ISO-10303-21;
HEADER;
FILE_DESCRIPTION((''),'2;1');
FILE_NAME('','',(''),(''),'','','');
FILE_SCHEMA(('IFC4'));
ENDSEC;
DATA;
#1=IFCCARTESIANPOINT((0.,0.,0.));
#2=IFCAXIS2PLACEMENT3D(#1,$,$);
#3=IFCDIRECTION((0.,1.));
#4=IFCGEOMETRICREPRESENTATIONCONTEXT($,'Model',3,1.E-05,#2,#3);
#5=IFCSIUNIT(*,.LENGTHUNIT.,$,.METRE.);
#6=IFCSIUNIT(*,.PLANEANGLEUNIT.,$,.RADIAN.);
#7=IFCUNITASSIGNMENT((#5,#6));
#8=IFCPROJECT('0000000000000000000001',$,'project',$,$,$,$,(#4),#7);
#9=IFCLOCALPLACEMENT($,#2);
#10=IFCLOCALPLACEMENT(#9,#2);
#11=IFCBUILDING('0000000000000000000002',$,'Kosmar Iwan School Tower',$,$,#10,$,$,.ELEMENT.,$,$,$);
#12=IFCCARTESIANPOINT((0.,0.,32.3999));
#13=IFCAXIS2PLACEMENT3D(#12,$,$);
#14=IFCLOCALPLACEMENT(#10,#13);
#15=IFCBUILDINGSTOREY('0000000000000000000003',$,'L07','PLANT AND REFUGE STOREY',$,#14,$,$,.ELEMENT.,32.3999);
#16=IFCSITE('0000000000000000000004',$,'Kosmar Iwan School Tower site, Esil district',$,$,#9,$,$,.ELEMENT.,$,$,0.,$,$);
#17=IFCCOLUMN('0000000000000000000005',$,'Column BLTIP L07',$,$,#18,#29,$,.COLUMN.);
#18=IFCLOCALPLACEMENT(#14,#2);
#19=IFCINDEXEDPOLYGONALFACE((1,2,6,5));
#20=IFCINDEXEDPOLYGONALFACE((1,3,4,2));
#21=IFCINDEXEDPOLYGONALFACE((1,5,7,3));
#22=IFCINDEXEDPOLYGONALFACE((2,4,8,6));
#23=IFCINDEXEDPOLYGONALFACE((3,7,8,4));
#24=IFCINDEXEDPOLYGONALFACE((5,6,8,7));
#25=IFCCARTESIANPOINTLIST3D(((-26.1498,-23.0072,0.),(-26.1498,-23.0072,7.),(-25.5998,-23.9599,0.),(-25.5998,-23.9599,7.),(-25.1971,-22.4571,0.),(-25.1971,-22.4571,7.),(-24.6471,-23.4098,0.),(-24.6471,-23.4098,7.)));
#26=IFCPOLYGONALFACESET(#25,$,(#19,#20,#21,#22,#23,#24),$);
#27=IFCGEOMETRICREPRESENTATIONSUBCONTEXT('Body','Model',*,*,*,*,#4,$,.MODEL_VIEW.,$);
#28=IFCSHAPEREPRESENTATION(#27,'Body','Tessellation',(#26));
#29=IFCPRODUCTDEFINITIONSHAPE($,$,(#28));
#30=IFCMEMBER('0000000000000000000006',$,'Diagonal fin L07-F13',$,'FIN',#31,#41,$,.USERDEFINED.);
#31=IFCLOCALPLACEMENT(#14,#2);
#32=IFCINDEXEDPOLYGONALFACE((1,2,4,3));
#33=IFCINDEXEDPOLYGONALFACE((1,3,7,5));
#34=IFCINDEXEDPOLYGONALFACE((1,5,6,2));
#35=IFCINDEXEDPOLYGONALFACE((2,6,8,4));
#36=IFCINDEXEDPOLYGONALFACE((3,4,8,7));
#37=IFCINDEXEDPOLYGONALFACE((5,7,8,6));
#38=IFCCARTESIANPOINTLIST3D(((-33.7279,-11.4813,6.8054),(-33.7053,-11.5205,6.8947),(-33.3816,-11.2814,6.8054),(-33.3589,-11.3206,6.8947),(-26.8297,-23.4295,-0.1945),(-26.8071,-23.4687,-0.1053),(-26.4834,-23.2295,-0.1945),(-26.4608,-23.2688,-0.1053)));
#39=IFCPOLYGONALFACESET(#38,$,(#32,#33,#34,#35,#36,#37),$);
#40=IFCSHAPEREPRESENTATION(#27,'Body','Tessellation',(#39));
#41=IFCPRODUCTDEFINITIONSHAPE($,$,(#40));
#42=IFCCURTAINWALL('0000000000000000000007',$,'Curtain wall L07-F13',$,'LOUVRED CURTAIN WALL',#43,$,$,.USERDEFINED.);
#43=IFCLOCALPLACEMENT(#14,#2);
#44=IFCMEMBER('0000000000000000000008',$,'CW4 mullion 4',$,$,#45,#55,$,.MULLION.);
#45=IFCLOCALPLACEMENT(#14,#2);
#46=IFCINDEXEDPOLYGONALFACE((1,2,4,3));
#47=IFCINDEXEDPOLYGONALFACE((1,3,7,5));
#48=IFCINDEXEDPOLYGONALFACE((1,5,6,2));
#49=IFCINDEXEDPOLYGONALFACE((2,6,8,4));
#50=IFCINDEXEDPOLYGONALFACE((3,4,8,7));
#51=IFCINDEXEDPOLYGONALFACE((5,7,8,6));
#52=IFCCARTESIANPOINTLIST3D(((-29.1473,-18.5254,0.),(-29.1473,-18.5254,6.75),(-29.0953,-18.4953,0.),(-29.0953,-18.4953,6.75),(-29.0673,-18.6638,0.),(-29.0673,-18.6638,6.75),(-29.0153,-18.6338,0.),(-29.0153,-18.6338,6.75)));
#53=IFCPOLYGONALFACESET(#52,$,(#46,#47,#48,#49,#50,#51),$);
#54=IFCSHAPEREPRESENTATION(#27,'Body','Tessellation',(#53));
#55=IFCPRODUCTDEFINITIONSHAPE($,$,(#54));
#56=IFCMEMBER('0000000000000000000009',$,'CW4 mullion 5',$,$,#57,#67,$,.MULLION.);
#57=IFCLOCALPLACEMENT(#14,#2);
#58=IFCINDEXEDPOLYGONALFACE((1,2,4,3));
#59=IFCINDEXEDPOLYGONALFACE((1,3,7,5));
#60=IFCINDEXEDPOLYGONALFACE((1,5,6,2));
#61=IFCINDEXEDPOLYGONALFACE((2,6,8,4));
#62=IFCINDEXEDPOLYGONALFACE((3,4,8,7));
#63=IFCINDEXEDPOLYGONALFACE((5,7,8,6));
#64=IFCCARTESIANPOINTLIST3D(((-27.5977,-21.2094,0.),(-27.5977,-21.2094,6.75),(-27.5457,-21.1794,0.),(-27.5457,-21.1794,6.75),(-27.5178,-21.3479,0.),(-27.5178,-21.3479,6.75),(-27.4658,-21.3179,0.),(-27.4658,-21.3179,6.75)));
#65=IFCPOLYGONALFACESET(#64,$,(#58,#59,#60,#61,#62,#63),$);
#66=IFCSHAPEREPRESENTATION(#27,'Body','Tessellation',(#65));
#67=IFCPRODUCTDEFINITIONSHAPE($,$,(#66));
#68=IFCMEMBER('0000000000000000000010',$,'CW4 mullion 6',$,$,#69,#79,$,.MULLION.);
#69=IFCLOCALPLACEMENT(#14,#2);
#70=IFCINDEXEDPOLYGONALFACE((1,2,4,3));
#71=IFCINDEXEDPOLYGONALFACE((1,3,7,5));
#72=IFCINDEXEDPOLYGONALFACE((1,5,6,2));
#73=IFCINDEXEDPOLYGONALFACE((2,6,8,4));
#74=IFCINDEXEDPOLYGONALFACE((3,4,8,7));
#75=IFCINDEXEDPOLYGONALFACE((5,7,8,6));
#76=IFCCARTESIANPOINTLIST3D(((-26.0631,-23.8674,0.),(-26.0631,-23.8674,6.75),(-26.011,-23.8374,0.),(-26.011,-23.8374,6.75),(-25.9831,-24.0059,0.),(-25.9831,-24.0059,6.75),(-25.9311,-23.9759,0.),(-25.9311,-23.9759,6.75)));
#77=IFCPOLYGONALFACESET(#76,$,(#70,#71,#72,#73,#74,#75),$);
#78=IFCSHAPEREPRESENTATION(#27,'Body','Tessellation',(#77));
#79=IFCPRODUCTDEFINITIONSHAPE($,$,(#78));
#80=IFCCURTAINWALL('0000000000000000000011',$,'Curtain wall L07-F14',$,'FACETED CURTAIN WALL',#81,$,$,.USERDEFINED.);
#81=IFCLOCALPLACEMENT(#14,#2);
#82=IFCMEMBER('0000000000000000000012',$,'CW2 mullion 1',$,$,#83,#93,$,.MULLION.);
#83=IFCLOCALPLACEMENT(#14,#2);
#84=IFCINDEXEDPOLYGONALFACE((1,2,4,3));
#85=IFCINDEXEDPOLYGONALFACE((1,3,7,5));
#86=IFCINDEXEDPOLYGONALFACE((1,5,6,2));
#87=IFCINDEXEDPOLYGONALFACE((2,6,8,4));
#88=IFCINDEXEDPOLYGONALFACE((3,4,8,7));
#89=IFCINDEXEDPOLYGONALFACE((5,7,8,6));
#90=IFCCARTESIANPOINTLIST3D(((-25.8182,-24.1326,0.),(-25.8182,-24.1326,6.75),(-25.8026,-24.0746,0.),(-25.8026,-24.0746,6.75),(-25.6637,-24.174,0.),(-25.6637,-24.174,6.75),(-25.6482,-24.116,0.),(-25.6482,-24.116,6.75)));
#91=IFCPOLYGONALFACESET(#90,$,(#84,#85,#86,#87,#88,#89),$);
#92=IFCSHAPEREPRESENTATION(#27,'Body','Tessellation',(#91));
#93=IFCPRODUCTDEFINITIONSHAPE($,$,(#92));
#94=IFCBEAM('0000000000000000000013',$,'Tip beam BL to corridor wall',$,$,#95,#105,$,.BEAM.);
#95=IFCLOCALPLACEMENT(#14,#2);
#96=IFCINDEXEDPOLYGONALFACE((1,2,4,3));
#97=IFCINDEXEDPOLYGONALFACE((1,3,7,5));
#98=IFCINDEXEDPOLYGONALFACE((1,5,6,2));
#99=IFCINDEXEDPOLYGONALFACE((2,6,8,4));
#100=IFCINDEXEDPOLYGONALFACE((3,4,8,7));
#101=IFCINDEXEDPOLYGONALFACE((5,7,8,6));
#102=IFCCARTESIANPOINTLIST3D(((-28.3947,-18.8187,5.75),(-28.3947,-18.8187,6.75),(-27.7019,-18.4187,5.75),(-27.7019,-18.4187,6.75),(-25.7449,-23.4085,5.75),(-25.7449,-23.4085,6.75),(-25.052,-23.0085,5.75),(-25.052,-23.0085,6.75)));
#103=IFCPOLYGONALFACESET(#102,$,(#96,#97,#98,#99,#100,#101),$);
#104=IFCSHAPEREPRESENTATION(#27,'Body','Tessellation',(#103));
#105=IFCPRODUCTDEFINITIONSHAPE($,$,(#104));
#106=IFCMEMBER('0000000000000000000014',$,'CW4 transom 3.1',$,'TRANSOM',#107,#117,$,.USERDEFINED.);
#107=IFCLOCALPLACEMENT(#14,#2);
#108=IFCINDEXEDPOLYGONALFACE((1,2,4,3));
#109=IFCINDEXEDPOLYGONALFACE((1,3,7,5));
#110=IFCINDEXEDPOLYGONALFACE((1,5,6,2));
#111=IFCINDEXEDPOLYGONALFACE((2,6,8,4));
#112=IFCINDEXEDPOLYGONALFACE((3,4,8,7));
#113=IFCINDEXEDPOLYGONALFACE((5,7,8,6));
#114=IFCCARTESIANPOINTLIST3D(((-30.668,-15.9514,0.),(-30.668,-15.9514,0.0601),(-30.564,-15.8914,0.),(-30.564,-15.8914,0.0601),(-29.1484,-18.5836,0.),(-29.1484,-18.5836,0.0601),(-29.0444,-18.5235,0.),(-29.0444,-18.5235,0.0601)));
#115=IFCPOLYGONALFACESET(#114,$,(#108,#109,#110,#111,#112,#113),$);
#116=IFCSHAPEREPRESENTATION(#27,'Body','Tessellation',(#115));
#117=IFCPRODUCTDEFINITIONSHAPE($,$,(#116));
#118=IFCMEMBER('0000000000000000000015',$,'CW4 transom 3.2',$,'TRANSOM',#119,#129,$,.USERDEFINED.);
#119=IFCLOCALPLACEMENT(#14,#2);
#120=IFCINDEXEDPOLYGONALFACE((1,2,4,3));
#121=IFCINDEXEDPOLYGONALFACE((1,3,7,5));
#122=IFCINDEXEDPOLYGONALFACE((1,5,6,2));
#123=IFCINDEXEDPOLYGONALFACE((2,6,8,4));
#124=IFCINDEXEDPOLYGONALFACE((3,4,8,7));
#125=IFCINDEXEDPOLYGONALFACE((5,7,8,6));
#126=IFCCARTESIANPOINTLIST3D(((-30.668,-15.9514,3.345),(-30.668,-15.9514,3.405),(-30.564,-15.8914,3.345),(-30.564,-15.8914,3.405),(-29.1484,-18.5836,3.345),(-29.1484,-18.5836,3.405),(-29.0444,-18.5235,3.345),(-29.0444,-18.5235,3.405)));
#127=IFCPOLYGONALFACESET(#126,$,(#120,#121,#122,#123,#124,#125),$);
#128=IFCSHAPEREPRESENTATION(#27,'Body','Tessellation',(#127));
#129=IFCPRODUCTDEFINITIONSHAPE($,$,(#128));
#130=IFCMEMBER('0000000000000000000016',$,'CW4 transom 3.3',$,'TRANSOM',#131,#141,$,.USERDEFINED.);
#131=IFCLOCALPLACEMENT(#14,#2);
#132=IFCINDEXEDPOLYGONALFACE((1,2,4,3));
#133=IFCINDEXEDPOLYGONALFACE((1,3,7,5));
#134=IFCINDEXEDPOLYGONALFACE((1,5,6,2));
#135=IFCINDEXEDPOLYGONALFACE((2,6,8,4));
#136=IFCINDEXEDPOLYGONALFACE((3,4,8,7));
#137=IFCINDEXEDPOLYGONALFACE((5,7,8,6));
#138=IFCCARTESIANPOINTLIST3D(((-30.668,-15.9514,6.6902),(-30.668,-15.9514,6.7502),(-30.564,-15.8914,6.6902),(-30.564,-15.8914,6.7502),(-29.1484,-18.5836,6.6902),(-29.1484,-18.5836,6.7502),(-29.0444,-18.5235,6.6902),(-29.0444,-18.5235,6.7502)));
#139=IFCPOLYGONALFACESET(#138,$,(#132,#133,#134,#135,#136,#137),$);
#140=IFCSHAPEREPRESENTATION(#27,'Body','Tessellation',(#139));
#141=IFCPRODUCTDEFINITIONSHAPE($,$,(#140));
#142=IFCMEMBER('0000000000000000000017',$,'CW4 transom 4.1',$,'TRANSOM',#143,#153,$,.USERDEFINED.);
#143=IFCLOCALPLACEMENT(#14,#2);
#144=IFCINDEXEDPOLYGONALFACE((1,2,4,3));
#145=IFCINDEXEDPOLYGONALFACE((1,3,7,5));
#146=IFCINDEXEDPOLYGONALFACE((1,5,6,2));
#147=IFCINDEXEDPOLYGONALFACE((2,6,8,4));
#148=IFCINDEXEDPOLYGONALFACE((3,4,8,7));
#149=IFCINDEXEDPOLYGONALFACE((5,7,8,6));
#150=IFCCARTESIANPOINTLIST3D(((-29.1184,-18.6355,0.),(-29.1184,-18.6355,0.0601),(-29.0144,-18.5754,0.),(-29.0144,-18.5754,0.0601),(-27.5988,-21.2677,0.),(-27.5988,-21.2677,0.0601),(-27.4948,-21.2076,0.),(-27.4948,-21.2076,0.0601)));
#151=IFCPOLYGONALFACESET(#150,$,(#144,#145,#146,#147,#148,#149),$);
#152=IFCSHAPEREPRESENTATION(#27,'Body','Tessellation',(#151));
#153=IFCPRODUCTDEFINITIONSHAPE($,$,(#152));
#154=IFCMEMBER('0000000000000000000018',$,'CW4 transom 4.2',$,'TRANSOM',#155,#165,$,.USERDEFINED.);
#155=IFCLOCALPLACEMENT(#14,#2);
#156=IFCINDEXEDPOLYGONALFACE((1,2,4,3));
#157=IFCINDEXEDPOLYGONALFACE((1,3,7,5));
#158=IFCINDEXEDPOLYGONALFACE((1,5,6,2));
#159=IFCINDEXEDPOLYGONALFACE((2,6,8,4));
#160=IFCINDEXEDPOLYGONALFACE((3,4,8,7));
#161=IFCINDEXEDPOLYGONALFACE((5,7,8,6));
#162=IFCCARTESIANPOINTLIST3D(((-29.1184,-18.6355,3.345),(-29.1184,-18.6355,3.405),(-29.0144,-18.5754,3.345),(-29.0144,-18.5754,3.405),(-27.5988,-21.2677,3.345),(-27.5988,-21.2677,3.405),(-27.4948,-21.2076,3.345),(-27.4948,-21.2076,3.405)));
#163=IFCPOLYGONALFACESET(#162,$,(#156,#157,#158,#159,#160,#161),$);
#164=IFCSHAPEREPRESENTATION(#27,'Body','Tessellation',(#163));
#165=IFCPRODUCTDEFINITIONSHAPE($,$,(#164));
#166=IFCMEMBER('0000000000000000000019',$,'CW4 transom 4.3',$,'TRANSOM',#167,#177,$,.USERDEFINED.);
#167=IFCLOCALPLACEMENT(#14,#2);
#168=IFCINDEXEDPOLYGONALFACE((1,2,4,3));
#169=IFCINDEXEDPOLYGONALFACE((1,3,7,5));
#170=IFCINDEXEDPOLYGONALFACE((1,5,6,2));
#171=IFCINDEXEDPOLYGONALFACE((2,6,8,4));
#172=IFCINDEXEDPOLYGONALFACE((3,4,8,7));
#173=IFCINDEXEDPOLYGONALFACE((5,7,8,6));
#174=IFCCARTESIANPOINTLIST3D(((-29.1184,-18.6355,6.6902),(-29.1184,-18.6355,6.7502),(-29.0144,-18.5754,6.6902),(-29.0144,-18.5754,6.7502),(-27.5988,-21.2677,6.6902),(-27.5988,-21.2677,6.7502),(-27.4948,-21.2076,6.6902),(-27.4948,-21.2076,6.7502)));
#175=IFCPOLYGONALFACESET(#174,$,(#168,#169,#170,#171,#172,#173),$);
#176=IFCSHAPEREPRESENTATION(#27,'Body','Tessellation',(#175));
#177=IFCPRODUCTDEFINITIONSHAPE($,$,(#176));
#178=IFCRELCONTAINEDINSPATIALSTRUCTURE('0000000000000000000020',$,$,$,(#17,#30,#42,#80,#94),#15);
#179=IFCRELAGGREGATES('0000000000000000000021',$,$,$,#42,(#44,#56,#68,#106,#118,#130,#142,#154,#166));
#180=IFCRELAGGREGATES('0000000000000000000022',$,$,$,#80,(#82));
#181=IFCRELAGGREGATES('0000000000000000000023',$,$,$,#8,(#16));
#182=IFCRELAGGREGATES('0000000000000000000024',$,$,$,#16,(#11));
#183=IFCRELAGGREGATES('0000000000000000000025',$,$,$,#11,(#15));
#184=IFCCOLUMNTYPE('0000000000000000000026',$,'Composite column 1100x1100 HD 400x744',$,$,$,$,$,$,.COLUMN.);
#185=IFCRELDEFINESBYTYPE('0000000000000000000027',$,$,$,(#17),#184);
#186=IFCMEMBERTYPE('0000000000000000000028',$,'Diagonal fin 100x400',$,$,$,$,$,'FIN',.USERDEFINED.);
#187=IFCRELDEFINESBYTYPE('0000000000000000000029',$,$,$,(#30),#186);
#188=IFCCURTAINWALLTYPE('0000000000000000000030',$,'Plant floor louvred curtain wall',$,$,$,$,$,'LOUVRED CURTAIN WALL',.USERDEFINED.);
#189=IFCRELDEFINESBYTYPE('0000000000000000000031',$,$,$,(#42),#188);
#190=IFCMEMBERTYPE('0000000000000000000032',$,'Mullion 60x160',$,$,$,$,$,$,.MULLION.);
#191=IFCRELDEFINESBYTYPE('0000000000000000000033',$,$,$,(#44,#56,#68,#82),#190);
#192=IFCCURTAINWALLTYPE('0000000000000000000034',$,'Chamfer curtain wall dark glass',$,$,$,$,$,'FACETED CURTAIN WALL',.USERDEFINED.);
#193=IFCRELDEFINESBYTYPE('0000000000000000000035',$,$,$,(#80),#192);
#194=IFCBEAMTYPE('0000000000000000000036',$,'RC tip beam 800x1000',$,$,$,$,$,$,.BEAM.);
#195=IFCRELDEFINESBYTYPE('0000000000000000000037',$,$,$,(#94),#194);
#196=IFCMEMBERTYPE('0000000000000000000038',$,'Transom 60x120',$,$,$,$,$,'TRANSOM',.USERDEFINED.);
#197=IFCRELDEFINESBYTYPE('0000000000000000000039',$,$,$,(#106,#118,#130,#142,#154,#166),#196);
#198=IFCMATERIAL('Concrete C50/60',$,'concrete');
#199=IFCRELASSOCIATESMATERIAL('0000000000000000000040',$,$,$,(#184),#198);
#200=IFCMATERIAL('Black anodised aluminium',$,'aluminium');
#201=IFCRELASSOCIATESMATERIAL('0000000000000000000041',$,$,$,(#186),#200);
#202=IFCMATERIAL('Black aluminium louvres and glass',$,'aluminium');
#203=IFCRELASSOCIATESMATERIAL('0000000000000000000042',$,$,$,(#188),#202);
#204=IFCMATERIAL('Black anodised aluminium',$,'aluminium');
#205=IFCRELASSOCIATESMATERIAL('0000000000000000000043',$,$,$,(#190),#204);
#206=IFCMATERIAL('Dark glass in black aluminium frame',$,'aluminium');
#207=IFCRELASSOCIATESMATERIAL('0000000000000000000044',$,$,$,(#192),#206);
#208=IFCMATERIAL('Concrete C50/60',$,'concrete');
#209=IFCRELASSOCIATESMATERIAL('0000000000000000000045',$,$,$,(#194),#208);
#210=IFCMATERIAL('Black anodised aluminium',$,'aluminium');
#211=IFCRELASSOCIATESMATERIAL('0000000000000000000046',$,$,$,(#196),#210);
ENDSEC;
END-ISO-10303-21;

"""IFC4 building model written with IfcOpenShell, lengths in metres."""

from ifc_helpers import new_model, si_unit, direction, frame, origin, origin_2d, place, context, subcontext, project, spatial, rectangle, extrude, material, material_profile, profile_set, type_object, element, aggregate, save


model = new_model("IFC4")

# Units and contexts
model_context = context("Model", 3, precision=1e-05, world=origin(), true_north=direction((0.0, 1.0)))
body_context = subcontext(model_context, "Body", "Model", "MODEL_VIEW")
ifc_project = project(units=[si_unit("LENGTHUNIT", "METRE"), si_unit("PLANEANGLEUNIT", "RADIAN")], contexts=[model_context])

# Site, building, storey
site_placement = place(None, origin())
site = spatial("IfcSite", under=ifc_project, at=site_placement, Name="Kosmar Iwan School Tower site, Esil district", CompositionType="ELEMENT", RefElevation=0.0)
building_placement = place(site_placement, origin())
building = spatial("IfcBuilding", under=site, at=building_placement, Name="Kosmar Iwan School Tower", CompositionType="ELEMENT")
storey_placement = place(building_placement, frame((0.0, 0.0, 32.3999)))
storey = spatial("IfcBuildingStorey", under=building, at=storey_placement, Name="L07", Description="PLANT AND REFUGE STOREY", CompositionType="ELEMENT", Elevation=32.3999)

# Column
ifc_material_1 = material(Name="Concrete C50/60", Category="concrete")
ifc_material_profile_1 = material_profile(ifc_material_1, rectangle(XDim=1.1001, YDim=1.1001, at=origin_2d()), Name="RC 1100x1100 + HD 400x744")
ifc_profile_set_1 = profile_set([ifc_material_profile_1], Name="Concrete C50/60")
column_type = type_object("IfcColumnType", Name="Composite column 1100x1100 HD 400x744", PredefinedType="COLUMN", material=ifc_profile_set_1)
column_placement = place(storey_placement, frame((-25.3984, -23.2085, 0.0), z_axis=(0.0, 0.0, 1.0), x_axis=(-0.866025, -0.5, 0.0)))
element("IfcColumn", 1, at=column_placement, inside=storey, type_object=column_type, Name="Column BLTIP L07", PredefinedType="COLUMN", context=body_context, shape_type="SweptSolid", body=[
    extrude(rectangle(XDim=1.1001, YDim=1.1001, at=origin_2d()), origin(), (0.0, 0.0, 1.0), 7.0),
])

# Member
ifc_material_2 = material(Name="Black anodised aluminium", Category="aluminium")
ifc_material_profile_2 = material_profile(ifc_material_2, rectangle(XDim=0.1001, YDim=0.3999, at=origin_2d()), Name="FIN 100x400")
ifc_profile_set_2 = profile_set([ifc_material_profile_2], Name="Black anodised aluminium")
member_type_1 = type_object("IfcMemberType", Name="Diagonal fin 100x400", ElementType="FIN", PredefinedType="USERDEFINED", material=ifc_profile_set_2)
member_1_placement = place(storey_placement, frame((-26.6453, -23.3491, -0.1499), z_axis=(-0.445885, 0.772309, 0.452465), x_axis=(0.22623, -0.391848, 0.891782)))
element("IfcMember", 2, at=member_1_placement, inside=storey, type_object=member_type_1, Name="Diagonal fin L07-F13", ObjectType="FIN", PredefinedType="USERDEFINED", context=body_context, shape_type="SweptSolid", body=[
    extrude(rectangle(XDim=0.1001, YDim=0.3999, at=origin_2d()), origin(), (0.0, 0.0, 1.0), 15.4707),
])

# Curtain wall, members
ifc_material_3 = material(Name="Black aluminium louvres and glass", Category="aluminium")
curtain_wall_type_1 = type_object("IfcCurtainWallType", Name="Plant floor louvred curtain wall", ElementType="LOUVRED CURTAIN WALL", PredefinedType="USERDEFINED", material=ifc_material_3)
curtain_wall_1_placement = place(storey_placement, origin())
curtain_wall_1 = element("IfcCurtainWall", 3, at=curtain_wall_1_placement, inside=storey, type_object=curtain_wall_type_1, Name="Curtain wall L07-F13", ObjectType="LOUVRED CURTAIN WALL", PredefinedType="USERDEFINED")
ifc_material_4 = material(Name="Black anodised aluminium", Category="aluminium")
ifc_material_profile_3 = material_profile(ifc_material_4, rectangle(XDim=0.0601, YDim=0.1599, at=origin_2d()), Name="MULLION 60x160")
ifc_profile_set_3 = profile_set([ifc_material_profile_3], Name="Black anodised aluminium")
member_type_2 = type_object("IfcMemberType", Name="Mullion 60x160", PredefinedType="MULLION", material=ifc_profile_set_3)
member_2_placement = place(storey_placement, frame((-29.0813, -18.5796, 0.0), z_axis=(0.0, 0.0, 1.0), x_axis=(0.866025, 0.5, 0.0)))
member_2 = element("IfcMember", 4, at=member_2_placement, type_object=member_type_2, Name="CW4 mullion 4", PredefinedType="MULLION", context=body_context, shape_type="SweptSolid", body=[
    extrude(rectangle(XDim=0.0601, YDim=0.1599, at=origin_2d()), origin(), (0.0, 0.0, 1.0), 6.75),
])
member_3_placement = place(storey_placement, frame((-27.5317, -21.2637, 0.0), z_axis=(0.0, 0.0, 1.0), x_axis=(0.866025, 0.5, 0.0)))
member_3 = element("IfcMember", 5, at=member_3_placement, type_object=member_type_2, Name="CW4 mullion 5", PredefinedType="MULLION", context=body_context, shape_type="SweptSolid", body=[
    extrude(rectangle(XDim=0.0601, YDim=0.1599, at=origin_2d()), origin(), (0.0, 0.0, 1.0), 6.75),
])
member_4_placement = place(storey_placement, frame((-25.9971, -23.9216, 0.0), z_axis=(0.0, 0.0, 1.0), x_axis=(0.866025, 0.5, 0.0)))
member_4 = element("IfcMember", 6, at=member_4_placement, type_object=member_type_2, Name="CW4 mullion 6", PredefinedType="MULLION", context=body_context, shape_type="SweptSolid", body=[
    extrude(rectangle(XDim=0.0601, YDim=0.1599, at=origin_2d()), origin(), (0.0, 0.0, 1.0), 6.75),
])

# Curtain wall, member
ifc_material_5 = material(Name="Dark glass in black aluminium frame", Category="aluminium")
curtain_wall_type_2 = type_object("IfcCurtainWallType", Name="Chamfer curtain wall dark glass", ElementType="FACETED CURTAIN WALL", PredefinedType="USERDEFINED", material=ifc_material_5)
curtain_wall_2_placement = place(storey_placement, origin())
curtain_wall_2 = element("IfcCurtainWall", 7, at=curtain_wall_2_placement, inside=storey, type_object=curtain_wall_type_2, Name="Curtain wall L07-F14", ObjectType="FACETED CURTAIN WALL", PredefinedType="USERDEFINED")
member_5_placement = place(storey_placement, frame((-25.7332, -24.1243, 0.0), z_axis=(0.0, 0.0, 1.0), x_axis=(0.258819, 0.965926, 0.0)))
member_5 = element("IfcMember", 8, at=member_5_placement, type_object=member_type_2, Name="CW2 mullion 1", PredefinedType="MULLION", context=body_context, shape_type="SweptSolid", body=[
    extrude(rectangle(XDim=0.0601, YDim=0.1599, at=origin_2d()), origin(), (0.0, 0.0, 1.0), 6.75),
])

# Beam
ifc_material_6 = material(Name="Concrete C50/60", Category="concrete")
ifc_material_profile_4 = material_profile(ifc_material_6, rectangle(XDim=0.8, YDim=1.0, at=origin_2d()), Name="RC 800x1000")
ifc_profile_set_4 = profile_set([ifc_material_profile_4], Name="Concrete C50/60")
beam_type = type_object("IfcBeamType", Name="RC tip beam 800x1000", PredefinedType="BEAM", material=ifc_profile_set_4)
beam_placement = place(storey_placement, frame((-25.3984, -23.2085, 6.25), z_axis=(-0.499994, 0.866029, 0.0), x_axis=(-0.866029, -0.499994, 0.0)))
element("IfcBeam", 9, at=beam_placement, inside=storey, type_object=beam_type, Name="Tip beam BL to corridor wall", PredefinedType="BEAM", context=body_context, shape_type="SweptSolid", body=[
    extrude(rectangle(XDim=0.8, YDim=1.0, at=origin_2d()), origin(), (0.0, 0.0, 1.0), 5.2998),
])

# Members
ifc_material_7 = material(Name="Black anodised aluminium", Category="aluminium")
ifc_material_profile_5 = material_profile(ifc_material_7, rectangle(XDim=0.1201, YDim=0.0601, at=origin_2d()), Name="TRANSOM 60x120")
ifc_profile_set_5 = profile_set([ifc_material_profile_5], Name="Black anodised aluminium")
member_type_3 = type_object("IfcMemberType", Name="Transom 60x120", ElementType="TRANSOM", PredefinedType="USERDEFINED", material=ifc_profile_set_5)
member_6_placement = place(storey_placement, frame((-30.616, -15.9214, 0.03), z_axis=(0.499975, -0.86604, 0.0), x_axis=(0.86604, 0.499975, 0.0)))
member_6 = element("IfcMember", 10, at=member_6_placement, type_object=member_type_3, Name="CW4 transom 3.1", ObjectType="TRANSOM", PredefinedType="USERDEFINED", context=body_context, shape_type="SweptSolid", body=[
    extrude(rectangle(XDim=0.1201, YDim=0.0601, at=origin_2d()), origin(), (0.0, 0.0, 1.0), 3.0393),
])
member_7_placement = place(storey_placement, frame((-30.616, -15.9214, 3.375), z_axis=(0.499975, -0.86604, 0.0), x_axis=(0.86604, 0.499975, 0.0)))
member_7 = element("IfcMember", 11, at=member_7_placement, type_object=member_type_3, Name="CW4 transom 3.2", ObjectType="TRANSOM", PredefinedType="USERDEFINED", context=body_context, shape_type="SweptSolid", body=[
    extrude(rectangle(XDim=0.1201, YDim=0.0601, at=origin_2d()), origin(), (0.0, 0.0, 1.0), 3.0393),
])
member_8_placement = place(storey_placement, frame((-30.616, -15.9214, 6.7202), z_axis=(0.499975, -0.86604, 0.0), x_axis=(0.86604, 0.499975, 0.0)))
member_8 = element("IfcMember", 12, at=member_8_placement, type_object=member_type_3, Name="CW4 transom 3.3", ObjectType="TRANSOM", PredefinedType="USERDEFINED", context=body_context, shape_type="SweptSolid", body=[
    extrude(rectangle(XDim=0.1201, YDim=0.0601, at=origin_2d()), origin(), (0.0, 0.0, 1.0), 3.0393),
])
member_9_placement = place(storey_placement, frame((-29.0664, -18.6055, 0.03), z_axis=(0.499975, -0.86604, 0.0), x_axis=(0.86604, 0.499975, 0.0)))
member_9 = element("IfcMember", 13, at=member_9_placement, type_object=member_type_3, Name="CW4 transom 4.1", ObjectType="TRANSOM", PredefinedType="USERDEFINED", context=body_context, shape_type="SweptSolid", body=[
    extrude(rectangle(XDim=0.1201, YDim=0.0601, at=origin_2d()), origin(), (0.0, 0.0, 1.0), 3.0393),
])
member_10_placement = place(storey_placement, frame((-29.0664, -18.6055, 3.375), z_axis=(0.499975, -0.86604, 0.0), x_axis=(0.86604, 0.499975, 0.0)))
member_10 = element("IfcMember", 14, at=member_10_placement, type_object=member_type_3, Name="CW4 transom 4.2", ObjectType="TRANSOM", PredefinedType="USERDEFINED", context=body_context, shape_type="SweptSolid", body=[
    extrude(rectangle(XDim=0.1201, YDim=0.0601, at=origin_2d()), origin(), (0.0, 0.0, 1.0), 3.0393),
])
member_11_placement = place(storey_placement, frame((-29.0664, -18.6055, 6.7202), z_axis=(0.499975, -0.86604, 0.0), x_axis=(0.86604, 0.499975, 0.0)))
member_11 = element("IfcMember", 15, at=member_11_placement, type_object=member_type_3, Name="CW4 transom 4.3", ObjectType="TRANSOM", PredefinedType="USERDEFINED", context=body_context, shape_type="SweptSolid", body=[
    extrude(rectangle(XDim=0.1201, YDim=0.0601, at=origin_2d()), origin(), (0.0, 0.0, 1.0), 3.0393),
])

aggregate(curtain_wall_1, [member_2, member_3, member_4, member_6, member_7, member_8, member_9, member_10, member_11])
aggregate(curtain_wall_2, [member_5])

save(model, "model.ifc")
